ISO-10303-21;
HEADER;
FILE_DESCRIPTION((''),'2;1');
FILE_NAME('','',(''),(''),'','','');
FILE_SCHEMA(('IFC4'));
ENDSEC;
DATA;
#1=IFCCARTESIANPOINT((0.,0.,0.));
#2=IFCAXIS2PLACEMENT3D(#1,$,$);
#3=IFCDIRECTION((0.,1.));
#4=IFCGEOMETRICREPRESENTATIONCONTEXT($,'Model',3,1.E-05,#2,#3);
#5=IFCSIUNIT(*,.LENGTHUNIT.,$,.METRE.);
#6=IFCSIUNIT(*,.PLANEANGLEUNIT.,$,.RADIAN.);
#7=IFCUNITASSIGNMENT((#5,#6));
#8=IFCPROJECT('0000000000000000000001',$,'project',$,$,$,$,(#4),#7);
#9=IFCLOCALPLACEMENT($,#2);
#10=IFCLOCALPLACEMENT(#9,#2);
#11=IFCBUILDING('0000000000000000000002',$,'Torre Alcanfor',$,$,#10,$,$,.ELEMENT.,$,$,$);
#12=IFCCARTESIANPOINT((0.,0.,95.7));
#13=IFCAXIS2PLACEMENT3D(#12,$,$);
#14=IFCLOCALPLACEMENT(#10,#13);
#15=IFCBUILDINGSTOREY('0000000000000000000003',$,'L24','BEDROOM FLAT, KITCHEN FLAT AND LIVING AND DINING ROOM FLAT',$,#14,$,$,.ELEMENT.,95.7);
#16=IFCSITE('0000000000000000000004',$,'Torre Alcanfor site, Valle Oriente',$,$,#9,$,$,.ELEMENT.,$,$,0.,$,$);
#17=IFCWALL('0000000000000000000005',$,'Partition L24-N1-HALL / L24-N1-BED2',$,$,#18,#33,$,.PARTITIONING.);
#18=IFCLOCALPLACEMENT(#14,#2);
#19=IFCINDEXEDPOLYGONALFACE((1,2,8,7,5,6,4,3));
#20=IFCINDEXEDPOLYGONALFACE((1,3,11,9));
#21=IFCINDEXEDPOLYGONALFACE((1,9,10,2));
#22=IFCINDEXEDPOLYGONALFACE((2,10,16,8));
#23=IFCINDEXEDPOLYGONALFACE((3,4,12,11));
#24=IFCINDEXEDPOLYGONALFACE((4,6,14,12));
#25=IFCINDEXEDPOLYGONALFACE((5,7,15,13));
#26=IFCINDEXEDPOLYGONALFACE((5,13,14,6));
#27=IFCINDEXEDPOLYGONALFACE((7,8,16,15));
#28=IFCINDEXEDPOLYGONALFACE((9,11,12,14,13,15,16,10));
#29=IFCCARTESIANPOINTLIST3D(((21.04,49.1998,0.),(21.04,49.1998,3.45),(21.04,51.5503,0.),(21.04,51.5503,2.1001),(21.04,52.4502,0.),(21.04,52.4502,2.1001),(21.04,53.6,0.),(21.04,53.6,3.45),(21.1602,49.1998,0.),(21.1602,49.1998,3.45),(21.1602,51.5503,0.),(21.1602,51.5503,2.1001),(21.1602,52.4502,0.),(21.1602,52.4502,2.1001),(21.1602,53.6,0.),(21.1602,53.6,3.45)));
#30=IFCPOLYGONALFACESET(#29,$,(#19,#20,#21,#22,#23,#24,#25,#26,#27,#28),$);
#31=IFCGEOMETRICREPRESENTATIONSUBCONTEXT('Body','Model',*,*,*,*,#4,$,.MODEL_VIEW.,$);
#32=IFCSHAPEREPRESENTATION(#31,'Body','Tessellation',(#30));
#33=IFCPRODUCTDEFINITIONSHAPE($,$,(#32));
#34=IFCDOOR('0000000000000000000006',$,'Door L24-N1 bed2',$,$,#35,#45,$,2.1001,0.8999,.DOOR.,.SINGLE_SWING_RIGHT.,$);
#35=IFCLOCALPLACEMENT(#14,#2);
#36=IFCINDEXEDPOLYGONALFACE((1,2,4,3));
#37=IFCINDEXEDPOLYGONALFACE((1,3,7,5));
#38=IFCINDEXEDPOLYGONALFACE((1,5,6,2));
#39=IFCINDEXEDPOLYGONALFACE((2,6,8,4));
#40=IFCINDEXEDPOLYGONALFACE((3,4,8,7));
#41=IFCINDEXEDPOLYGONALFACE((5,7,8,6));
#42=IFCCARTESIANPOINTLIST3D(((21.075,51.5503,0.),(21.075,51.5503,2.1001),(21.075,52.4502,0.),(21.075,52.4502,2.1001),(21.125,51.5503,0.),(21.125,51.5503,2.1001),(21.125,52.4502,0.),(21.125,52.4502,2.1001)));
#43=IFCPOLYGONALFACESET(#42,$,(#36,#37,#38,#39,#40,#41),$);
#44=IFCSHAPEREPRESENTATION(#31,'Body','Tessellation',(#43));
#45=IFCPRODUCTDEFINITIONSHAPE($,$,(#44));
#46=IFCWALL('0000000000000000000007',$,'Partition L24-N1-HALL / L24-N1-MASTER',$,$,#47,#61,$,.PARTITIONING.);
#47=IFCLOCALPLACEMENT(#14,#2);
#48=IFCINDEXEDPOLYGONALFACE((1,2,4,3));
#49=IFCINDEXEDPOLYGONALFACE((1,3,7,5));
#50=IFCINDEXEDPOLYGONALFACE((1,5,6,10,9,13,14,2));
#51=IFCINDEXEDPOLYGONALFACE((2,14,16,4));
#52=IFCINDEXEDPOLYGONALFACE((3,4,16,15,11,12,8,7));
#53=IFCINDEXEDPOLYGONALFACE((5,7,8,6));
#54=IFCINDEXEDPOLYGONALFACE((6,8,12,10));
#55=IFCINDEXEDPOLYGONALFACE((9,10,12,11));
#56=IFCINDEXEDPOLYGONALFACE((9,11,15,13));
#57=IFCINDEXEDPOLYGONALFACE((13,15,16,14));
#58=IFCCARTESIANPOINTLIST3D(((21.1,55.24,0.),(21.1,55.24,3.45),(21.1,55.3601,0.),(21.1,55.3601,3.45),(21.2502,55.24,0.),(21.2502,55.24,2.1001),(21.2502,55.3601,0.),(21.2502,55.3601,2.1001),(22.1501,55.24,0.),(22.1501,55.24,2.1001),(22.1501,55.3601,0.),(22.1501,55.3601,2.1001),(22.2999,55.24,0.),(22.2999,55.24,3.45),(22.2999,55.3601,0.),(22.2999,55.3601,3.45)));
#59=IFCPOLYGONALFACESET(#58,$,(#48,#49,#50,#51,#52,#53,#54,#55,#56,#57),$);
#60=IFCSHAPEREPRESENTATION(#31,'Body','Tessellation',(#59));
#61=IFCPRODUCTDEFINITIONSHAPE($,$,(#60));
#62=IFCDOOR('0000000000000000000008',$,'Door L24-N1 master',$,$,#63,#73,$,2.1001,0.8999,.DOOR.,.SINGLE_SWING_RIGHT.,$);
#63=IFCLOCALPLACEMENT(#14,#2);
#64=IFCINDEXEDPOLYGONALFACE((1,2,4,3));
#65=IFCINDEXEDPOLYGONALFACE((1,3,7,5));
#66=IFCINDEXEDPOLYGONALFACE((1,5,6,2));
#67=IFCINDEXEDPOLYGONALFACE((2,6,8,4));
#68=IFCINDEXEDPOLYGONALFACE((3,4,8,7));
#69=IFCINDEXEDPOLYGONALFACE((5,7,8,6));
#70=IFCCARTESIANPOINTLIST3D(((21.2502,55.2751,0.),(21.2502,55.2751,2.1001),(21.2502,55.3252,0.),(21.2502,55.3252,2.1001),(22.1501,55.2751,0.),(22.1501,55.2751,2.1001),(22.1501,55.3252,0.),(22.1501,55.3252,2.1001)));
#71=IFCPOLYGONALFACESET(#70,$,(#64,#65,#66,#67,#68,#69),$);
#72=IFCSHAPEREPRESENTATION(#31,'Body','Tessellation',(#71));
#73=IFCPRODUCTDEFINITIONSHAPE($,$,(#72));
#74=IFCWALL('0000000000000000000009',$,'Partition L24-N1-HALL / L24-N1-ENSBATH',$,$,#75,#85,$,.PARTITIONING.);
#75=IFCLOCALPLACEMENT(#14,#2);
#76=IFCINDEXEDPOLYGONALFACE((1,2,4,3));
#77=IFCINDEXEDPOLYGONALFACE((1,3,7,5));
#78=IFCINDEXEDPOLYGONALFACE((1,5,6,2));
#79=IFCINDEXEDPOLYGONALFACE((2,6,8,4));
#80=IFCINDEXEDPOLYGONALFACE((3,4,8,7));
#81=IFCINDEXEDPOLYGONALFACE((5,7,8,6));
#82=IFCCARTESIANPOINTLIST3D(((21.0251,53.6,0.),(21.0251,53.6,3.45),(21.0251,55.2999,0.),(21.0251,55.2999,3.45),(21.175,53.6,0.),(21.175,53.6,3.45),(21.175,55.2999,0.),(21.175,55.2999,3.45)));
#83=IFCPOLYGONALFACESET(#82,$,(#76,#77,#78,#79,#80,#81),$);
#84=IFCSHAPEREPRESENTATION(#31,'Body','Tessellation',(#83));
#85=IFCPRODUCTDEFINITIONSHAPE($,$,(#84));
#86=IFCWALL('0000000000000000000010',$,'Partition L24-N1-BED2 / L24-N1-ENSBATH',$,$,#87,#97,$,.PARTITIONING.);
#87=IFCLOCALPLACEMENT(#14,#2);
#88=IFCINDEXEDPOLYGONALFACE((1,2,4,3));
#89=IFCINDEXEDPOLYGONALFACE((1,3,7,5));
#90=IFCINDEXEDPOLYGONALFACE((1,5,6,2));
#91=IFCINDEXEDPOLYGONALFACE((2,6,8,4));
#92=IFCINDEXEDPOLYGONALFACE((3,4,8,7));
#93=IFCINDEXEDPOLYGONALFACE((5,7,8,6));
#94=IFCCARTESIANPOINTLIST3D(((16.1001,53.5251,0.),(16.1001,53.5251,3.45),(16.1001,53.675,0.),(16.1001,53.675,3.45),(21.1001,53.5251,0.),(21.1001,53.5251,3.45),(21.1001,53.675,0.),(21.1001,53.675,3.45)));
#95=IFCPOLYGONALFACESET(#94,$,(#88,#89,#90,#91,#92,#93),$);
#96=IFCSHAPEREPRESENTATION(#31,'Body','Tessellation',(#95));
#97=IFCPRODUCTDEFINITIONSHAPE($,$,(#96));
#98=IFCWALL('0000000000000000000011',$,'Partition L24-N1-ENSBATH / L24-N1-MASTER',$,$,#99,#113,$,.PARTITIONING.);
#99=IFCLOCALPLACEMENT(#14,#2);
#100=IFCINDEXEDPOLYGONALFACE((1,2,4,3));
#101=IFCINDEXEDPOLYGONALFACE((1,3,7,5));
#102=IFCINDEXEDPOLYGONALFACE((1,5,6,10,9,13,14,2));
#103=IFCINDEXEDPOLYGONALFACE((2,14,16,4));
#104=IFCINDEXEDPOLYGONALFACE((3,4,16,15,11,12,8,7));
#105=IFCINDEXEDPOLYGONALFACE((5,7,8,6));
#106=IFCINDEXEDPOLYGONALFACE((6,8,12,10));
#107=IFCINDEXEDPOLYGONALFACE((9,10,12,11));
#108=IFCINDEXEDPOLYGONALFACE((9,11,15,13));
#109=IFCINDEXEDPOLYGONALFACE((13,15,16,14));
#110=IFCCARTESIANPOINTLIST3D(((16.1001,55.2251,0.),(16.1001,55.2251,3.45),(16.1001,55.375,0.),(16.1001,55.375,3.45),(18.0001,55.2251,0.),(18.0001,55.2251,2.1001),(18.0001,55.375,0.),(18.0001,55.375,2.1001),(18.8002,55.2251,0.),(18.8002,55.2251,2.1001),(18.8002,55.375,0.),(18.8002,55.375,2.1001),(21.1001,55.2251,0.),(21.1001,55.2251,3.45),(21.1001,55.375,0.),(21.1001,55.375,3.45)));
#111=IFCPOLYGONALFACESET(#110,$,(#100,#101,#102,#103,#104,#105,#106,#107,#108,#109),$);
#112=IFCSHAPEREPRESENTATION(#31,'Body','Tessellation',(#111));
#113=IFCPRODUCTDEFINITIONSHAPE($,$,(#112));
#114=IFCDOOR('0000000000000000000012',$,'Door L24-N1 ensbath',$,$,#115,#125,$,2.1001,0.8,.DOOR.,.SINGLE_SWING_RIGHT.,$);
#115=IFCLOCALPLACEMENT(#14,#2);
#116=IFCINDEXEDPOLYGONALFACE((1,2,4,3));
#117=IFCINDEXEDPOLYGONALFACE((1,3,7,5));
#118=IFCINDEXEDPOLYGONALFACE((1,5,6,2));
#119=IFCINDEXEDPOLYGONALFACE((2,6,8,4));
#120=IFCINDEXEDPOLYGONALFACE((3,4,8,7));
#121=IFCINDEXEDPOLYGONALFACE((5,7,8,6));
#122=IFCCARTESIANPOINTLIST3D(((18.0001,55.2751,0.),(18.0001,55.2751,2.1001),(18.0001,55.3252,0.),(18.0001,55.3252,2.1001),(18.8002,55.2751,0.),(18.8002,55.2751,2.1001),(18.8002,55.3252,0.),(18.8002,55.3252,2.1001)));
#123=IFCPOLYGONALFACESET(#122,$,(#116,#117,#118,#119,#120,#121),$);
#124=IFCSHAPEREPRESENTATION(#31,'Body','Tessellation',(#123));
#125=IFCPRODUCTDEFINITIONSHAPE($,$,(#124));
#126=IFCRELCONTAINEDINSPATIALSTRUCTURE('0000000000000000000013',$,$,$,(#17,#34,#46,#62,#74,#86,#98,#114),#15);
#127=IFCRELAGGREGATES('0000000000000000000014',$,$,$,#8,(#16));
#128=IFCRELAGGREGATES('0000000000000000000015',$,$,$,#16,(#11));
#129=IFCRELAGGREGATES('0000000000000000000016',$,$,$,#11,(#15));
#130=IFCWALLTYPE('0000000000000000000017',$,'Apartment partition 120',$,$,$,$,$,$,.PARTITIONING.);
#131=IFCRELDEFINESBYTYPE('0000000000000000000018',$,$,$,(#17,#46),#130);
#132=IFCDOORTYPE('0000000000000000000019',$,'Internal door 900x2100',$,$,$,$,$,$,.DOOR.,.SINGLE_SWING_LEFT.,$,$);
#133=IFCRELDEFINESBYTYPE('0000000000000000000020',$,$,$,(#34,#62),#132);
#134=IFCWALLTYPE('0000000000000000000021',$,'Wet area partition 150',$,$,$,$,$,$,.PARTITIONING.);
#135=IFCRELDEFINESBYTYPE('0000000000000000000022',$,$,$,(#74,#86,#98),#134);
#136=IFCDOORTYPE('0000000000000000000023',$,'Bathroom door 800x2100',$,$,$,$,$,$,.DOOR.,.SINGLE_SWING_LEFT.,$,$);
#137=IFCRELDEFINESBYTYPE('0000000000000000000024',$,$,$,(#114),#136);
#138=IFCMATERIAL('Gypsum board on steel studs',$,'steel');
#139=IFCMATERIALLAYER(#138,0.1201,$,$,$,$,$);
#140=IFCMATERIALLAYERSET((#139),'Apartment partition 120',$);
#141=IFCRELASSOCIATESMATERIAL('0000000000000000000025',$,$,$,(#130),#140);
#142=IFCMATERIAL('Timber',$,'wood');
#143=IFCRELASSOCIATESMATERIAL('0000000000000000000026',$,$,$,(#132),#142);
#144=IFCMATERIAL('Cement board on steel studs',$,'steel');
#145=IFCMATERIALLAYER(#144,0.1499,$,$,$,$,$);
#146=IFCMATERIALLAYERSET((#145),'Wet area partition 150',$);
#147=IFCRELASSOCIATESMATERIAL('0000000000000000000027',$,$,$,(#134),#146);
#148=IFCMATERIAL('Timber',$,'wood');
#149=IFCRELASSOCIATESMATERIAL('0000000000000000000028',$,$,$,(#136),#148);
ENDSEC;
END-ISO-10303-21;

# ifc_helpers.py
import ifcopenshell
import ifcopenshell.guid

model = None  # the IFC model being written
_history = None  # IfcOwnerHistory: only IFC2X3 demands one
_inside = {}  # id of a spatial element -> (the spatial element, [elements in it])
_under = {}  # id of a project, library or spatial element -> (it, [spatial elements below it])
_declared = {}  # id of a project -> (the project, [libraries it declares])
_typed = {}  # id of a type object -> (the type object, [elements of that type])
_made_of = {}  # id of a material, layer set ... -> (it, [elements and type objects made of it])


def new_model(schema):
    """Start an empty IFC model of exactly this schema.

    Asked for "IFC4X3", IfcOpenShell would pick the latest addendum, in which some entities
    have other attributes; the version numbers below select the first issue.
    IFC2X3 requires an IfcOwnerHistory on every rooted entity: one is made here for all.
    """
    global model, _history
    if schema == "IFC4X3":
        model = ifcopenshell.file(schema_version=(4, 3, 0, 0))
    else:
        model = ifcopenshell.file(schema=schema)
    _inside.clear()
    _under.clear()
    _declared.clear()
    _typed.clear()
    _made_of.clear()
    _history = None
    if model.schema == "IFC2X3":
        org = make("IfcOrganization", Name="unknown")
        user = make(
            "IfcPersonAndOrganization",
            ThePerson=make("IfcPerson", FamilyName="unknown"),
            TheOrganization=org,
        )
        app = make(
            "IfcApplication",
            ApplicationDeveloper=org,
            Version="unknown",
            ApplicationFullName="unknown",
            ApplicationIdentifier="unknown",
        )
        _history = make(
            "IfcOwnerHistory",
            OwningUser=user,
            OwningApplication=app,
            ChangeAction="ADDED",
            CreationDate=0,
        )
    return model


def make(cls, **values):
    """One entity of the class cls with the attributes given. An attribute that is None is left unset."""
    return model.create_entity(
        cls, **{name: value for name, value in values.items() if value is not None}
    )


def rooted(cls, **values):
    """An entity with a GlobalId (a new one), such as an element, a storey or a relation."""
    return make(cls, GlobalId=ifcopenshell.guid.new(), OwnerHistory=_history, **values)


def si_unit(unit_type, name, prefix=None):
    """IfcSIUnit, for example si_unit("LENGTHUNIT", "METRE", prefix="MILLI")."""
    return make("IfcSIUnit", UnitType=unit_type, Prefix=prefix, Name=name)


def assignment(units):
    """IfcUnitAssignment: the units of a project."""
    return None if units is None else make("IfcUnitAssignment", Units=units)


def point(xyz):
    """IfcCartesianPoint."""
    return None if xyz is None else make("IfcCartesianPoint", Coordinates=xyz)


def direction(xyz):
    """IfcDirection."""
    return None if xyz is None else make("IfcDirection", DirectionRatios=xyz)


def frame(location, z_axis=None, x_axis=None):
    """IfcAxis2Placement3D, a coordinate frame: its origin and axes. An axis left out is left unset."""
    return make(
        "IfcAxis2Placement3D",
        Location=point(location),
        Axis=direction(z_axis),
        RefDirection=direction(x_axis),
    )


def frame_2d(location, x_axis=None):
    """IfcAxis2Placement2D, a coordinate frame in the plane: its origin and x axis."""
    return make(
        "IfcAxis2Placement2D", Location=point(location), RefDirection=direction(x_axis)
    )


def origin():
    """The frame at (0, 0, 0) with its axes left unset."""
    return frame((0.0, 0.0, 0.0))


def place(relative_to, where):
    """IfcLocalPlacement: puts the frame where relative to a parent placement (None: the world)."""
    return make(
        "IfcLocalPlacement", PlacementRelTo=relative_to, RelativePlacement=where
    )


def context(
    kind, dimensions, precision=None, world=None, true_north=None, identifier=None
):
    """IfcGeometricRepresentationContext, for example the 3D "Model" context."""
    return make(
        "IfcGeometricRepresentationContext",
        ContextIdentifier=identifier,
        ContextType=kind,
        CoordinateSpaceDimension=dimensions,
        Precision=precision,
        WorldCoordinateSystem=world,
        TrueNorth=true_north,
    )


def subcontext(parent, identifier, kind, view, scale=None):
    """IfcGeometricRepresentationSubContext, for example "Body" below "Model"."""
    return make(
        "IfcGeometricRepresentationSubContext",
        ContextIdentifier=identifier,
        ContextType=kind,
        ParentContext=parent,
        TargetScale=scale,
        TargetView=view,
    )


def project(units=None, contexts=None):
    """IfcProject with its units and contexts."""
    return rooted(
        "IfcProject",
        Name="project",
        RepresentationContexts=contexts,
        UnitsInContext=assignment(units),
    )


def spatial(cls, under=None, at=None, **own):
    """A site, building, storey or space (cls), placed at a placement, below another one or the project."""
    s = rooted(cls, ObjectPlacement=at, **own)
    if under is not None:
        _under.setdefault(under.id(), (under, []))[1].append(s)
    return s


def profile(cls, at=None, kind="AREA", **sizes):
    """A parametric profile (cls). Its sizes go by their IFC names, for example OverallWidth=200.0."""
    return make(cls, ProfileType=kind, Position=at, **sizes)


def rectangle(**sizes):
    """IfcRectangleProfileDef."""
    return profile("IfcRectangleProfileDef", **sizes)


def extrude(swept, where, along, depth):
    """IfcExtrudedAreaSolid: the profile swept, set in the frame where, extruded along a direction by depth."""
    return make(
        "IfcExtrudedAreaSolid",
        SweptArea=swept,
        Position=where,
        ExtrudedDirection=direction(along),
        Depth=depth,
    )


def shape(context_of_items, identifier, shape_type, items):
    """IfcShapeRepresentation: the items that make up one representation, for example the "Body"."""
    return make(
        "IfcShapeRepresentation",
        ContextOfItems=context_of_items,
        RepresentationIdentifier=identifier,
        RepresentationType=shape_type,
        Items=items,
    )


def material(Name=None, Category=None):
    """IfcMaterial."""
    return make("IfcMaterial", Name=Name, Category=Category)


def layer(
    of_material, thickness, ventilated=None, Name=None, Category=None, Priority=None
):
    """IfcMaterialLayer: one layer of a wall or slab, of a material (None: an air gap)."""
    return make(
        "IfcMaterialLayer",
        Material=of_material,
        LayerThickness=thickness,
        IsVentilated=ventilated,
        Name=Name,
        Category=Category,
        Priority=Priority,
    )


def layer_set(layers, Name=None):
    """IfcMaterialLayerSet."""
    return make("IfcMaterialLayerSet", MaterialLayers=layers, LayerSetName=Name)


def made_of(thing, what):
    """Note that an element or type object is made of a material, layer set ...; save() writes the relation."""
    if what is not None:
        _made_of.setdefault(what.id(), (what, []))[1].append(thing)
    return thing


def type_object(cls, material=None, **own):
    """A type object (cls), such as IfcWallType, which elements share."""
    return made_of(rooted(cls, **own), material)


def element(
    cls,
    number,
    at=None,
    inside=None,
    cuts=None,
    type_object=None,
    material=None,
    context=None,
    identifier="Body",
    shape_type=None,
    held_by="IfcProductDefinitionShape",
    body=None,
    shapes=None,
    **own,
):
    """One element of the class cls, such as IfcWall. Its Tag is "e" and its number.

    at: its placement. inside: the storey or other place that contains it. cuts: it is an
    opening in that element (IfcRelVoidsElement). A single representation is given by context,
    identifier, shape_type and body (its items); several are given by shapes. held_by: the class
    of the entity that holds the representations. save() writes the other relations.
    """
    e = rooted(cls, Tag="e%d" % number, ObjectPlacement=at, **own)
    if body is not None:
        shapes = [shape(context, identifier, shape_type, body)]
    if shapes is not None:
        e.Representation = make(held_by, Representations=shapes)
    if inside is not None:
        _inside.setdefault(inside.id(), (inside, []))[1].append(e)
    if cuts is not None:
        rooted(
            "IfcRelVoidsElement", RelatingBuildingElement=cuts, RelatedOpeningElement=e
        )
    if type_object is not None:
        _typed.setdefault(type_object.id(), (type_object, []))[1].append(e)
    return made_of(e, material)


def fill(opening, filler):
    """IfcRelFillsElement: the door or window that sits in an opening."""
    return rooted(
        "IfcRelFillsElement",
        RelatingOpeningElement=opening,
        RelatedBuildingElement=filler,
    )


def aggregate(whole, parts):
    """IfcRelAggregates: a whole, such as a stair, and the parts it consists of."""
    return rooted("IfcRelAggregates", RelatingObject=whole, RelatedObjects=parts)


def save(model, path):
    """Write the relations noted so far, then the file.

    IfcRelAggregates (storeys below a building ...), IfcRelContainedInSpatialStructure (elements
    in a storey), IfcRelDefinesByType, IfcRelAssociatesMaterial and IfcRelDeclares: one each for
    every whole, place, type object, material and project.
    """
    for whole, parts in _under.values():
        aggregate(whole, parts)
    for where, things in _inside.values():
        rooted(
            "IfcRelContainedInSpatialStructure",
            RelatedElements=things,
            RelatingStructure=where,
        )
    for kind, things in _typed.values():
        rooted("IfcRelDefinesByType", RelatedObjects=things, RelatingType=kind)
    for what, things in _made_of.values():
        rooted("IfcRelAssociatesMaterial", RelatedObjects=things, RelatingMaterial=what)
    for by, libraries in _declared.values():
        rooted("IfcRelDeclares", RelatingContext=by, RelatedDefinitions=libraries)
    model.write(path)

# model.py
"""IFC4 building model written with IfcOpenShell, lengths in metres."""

from ifc_helpers import new_model, si_unit, direction, frame, frame_2d, origin, place, context, subcontext, project, spatial, rectangle, extrude, material, layer, layer_set, type_object, element, fill, save


model = new_model("IFC4")

# Units and contexts
model_context = context("Model", 3, precision=1e-05, world=origin(), true_north=direction((0.0, 1.0)))
body_context = subcontext(model_context, "Body", "Model", "MODEL_VIEW")
ifc_project = project(units=[si_unit("LENGTHUNIT", "METRE"), si_unit("PLANEANGLEUNIT", "RADIAN")], contexts=[model_context])

# Site, building, storey
site_placement = place(None, origin())
site = spatial("IfcSite", under=ifc_project, at=site_placement, Name="Torre Alcanfor site, Valle Oriente", CompositionType="ELEMENT", RefElevation=0.0)
building_placement = place(site_placement, origin())
building = spatial("IfcBuilding", under=site, at=building_placement, Name="Torre Alcanfor", CompositionType="ELEMENT")
storey_placement = place(building_placement, frame((0.0, 0.0, 95.7)))
storey = spatial("IfcBuildingStorey", under=building, at=storey_placement, Name="L24", Description="BEDROOM FLAT, KITCHEN FLAT AND LIVING AND DINING ROOM FLAT", CompositionType="ELEMENT", Elevation=95.7)

# Shared definitions
ifc_material_1 = material(Name="Gypsum board on steel studs", Category="steel")
ifc_layer_1 = layer(ifc_material_1, 0.1201)
ifc_layer_set_1 = layer_set([ifc_layer_1], Name="Apartment partition 120")
wall_type_1 = type_object("IfcWallType", Name="Apartment partition 120", PredefinedType="PARTITIONING", material=ifc_layer_set_1)

# Walls, openings, doors
wall_1_placement = place(storey_placement, frame((21.1001, 53.6001, 0.0), z_axis=(0.0, 0.0, 1.0), x_axis=(0.0, -1.0, 0.0)))
wall_1 = element("IfcWall", 1, at=wall_1_placement, inside=storey, type_object=wall_type_1, Name="Partition L24-N1-HALL / L24-N1-BED2", PredefinedType="PARTITIONING", context=body_context, shape_type="SweptSolid", body=[
    extrude(rectangle(XDim=4.4001, YDim=0.1201, at=frame_2d((2.2002, 0.0))), origin(), (0.0, 0.0, 1.0), 3.45),
])
opening_1_placement = place(wall_1_placement, frame((1.1499, 0.0, 0.0)))
opening_1 = element("IfcOpeningElement", 2, at=opening_1_placement, cuts=wall_1, PredefinedType="OPENING", context=body_context, shape_type="SweptSolid", body=[
    extrude(rectangle(XDim=0.8999, YDim=2.1001, at=frame_2d((0.45, 1.05))), frame((0.0, 0.0701, 0.0), z_axis=(0.0, -1.0, 0.0), x_axis=(1.0, 0.0, 0.0)), (0.0, 0.0, 1.0), 0.1401),
])
ifc_material_2 = material(Name="Timber", Category="wood")
door_type_1 = type_object("IfcDoorType", Name="Internal door 900x2100", OperationType="SINGLE_SWING_LEFT", PredefinedType="DOOR", material=ifc_material_2)
door_1_placement = place(opening_1_placement, frame((0.8999, 0.0, 0.0), z_axis=(0.0, 0.0, 1.0), x_axis=(-1.0, 0.0, 0.0)))
door_1 = element("IfcDoor", 3, at=door_1_placement, inside=storey, type_object=door_type_1, Name="Door L24-N1 bed2", OperationType="SINGLE_SWING_RIGHT", OverallHeight=2.1001, OverallWidth=0.8999, PredefinedType="DOOR", context=body_context, shape_type="SweptSolid", body=[
    extrude(rectangle(XDim=0.8999, YDim=2.1001, at=frame_2d((0.45, 1.05))), frame((0.0, 0.0251, 0.0), z_axis=(0.0, -1.0, 0.0), x_axis=(1.0, 0.0, 0.0)), (0.0, 0.0, 1.0), 0.05),
])
fill(opening_1, door_1)
wall_2_placement = place(storey_placement, frame((22.3, 55.3, 0.0), z_axis=(0.0, 0.0, 1.0), x_axis=(-1.0, 0.0, 0.0)))
wall_2 = element("IfcWall", 4, at=wall_2_placement, inside=storey, type_object=wall_type_1, Name="Partition L24-N1-HALL / L24-N1-MASTER", PredefinedType="PARTITIONING", context=body_context, shape_type="SweptSolid", body=[
    extrude(rectangle(XDim=1.2, YDim=0.1201, at=frame_2d((0.6001, 0.0))), origin(), (0.0, 0.0, 1.0), 3.45),
])
opening_2_placement = place(wall_2_placement, frame((0.1499, 0.0, 0.0)))
opening_2 = element("IfcOpeningElement", 5, at=opening_2_placement, cuts=wall_2, PredefinedType="OPENING", context=body_context, shape_type="SweptSolid", body=[
    extrude(rectangle(XDim=0.8999, YDim=2.1001, at=frame_2d((0.45, 1.05))), frame((0.0, 0.0701, 0.0), z_axis=(0.0, -1.0, 0.0), x_axis=(1.0, 0.0, 0.0)), (0.0, 0.0, 1.0), 0.1401),
])
door_2_placement = place(opening_2_placement, frame((0.8999, 0.0, 0.0), z_axis=(0.0, 0.0, 1.0), x_axis=(-1.0, 0.0, 0.0)))
door_2 = element("IfcDoor", 6, at=door_2_placement, inside=storey, type_object=door_type_1, Name="Door L24-N1 master", OperationType="SINGLE_SWING_RIGHT", OverallHeight=2.1001, OverallWidth=0.8999, PredefinedType="DOOR", context=body_context, shape_type="SweptSolid", body=[
    extrude(rectangle(XDim=0.8999, YDim=2.1001, at=frame_2d((0.45, 1.05))), frame((0.0, 0.0251, 0.0), z_axis=(0.0, -1.0, 0.0), x_axis=(1.0, 0.0, 0.0)), (0.0, 0.0, 1.0), 0.05),
])
fill(opening_2, door_2)

# Walls
ifc_material_3 = material(Name="Cement board on steel studs", Category="steel")
ifc_layer_2 = layer(ifc_material_3, 0.1499)
ifc_layer_set_2 = layer_set([ifc_layer_2], Name="Wet area partition 150")
wall_type_2 = type_object("IfcWallType", Name="Wet area partition 150", PredefinedType="PARTITIONING", material=ifc_layer_set_2)
wall_3_placement = place(storey_placement, frame((21.1001, 55.3, 0.0), z_axis=(0.0, 0.0, 1.0), x_axis=(0.0, -1.0, 0.0)))
element("IfcWall", 7, at=wall_3_placement, inside=storey, type_object=wall_type_2, Name="Partition L24-N1-HALL / L24-N1-ENSBATH", PredefinedType="PARTITIONING", context=body_context, shape_type="SweptSolid", body=[
    extrude(rectangle(XDim=1.7, YDim=0.1499, at=frame_2d((0.8501, 0.0))), origin(), (0.0, 0.0, 1.0), 3.45),
])
wall_4_placement = place(storey_placement, frame((21.1001, 53.6001, 0.0), z_axis=(0.0, 0.0, 1.0), x_axis=(-1.0, 0.0, 0.0)))
element("IfcWall", 8, at=wall_4_placement, inside=storey, type_object=wall_type_2, Name="Partition L24-N1-BED2 / L24-N1-ENSBATH", PredefinedType="PARTITIONING", context=body_context, shape_type="SweptSolid", body=[
    extrude(rectangle(XDim=5.0, YDim=0.1499, at=frame_2d((2.5, 0.0))), origin(), (0.0, 0.0, 1.0), 3.45),
])

# Wall, opening, door
wall_5_placement = place(storey_placement, frame((21.1001, 55.3, 0.0), z_axis=(0.0, 0.0, 1.0), x_axis=(-1.0, 0.0, 0.0)))
wall_5 = element("IfcWall", 9, at=wall_5_placement, inside=storey, type_object=wall_type_2, Name="Partition L24-N1-ENSBATH / L24-N1-MASTER", PredefinedType="PARTITIONING", context=body_context, shape_type="SweptSolid", body=[
    extrude(rectangle(XDim=5.0, YDim=0.1499, at=frame_2d((2.5, 0.0))), origin(), (0.0, 0.0, 1.0), 3.45),
])
opening_3_placement = place(wall_5_placement, frame((2.3, 0.0, 0.0)))
opening_3 = element("IfcOpeningElement", 10, at=opening_3_placement, cuts=wall_5, PredefinedType="OPENING", context=body_context, shape_type="SweptSolid", body=[
    extrude(rectangle(XDim=0.8, YDim=2.1001, at=frame_2d((0.3999, 1.05))), frame((0.0, 0.085, 0.0), z_axis=(0.0, -1.0, 0.0), x_axis=(1.0, 0.0, 0.0)), (0.0, 0.0, 1.0), 0.1699),
])
ifc_material_4 = material(Name="Timber", Category="wood")
door_type_2 = type_object("IfcDoorType", Name="Bathroom door 800x2100", OperationType="SINGLE_SWING_LEFT", PredefinedType="DOOR", material=ifc_material_4)
door_3_placement = place(opening_3_placement, origin())
door_3 = element("IfcDoor", 11, at=door_3_placement, inside=storey, type_object=door_type_2, Name="Door L24-N1 ensbath", OperationType="SINGLE_SWING_RIGHT", OverallHeight=2.1001, OverallWidth=0.8, PredefinedType="DOOR", context=body_context, shape_type="SweptSolid", body=[
    extrude(rectangle(XDim=0.8, YDim=2.1001, at=frame_2d((0.3999, 1.05))), frame((0.0, 0.0249, 0.0), z_axis=(0.0, -1.0, 0.0), x_axis=(1.0, 0.0, 0.0)), (0.0, 0.0, 1.0), 0.05),
])
fill(opening_3, door_3)

save(model, "model.ifc")
